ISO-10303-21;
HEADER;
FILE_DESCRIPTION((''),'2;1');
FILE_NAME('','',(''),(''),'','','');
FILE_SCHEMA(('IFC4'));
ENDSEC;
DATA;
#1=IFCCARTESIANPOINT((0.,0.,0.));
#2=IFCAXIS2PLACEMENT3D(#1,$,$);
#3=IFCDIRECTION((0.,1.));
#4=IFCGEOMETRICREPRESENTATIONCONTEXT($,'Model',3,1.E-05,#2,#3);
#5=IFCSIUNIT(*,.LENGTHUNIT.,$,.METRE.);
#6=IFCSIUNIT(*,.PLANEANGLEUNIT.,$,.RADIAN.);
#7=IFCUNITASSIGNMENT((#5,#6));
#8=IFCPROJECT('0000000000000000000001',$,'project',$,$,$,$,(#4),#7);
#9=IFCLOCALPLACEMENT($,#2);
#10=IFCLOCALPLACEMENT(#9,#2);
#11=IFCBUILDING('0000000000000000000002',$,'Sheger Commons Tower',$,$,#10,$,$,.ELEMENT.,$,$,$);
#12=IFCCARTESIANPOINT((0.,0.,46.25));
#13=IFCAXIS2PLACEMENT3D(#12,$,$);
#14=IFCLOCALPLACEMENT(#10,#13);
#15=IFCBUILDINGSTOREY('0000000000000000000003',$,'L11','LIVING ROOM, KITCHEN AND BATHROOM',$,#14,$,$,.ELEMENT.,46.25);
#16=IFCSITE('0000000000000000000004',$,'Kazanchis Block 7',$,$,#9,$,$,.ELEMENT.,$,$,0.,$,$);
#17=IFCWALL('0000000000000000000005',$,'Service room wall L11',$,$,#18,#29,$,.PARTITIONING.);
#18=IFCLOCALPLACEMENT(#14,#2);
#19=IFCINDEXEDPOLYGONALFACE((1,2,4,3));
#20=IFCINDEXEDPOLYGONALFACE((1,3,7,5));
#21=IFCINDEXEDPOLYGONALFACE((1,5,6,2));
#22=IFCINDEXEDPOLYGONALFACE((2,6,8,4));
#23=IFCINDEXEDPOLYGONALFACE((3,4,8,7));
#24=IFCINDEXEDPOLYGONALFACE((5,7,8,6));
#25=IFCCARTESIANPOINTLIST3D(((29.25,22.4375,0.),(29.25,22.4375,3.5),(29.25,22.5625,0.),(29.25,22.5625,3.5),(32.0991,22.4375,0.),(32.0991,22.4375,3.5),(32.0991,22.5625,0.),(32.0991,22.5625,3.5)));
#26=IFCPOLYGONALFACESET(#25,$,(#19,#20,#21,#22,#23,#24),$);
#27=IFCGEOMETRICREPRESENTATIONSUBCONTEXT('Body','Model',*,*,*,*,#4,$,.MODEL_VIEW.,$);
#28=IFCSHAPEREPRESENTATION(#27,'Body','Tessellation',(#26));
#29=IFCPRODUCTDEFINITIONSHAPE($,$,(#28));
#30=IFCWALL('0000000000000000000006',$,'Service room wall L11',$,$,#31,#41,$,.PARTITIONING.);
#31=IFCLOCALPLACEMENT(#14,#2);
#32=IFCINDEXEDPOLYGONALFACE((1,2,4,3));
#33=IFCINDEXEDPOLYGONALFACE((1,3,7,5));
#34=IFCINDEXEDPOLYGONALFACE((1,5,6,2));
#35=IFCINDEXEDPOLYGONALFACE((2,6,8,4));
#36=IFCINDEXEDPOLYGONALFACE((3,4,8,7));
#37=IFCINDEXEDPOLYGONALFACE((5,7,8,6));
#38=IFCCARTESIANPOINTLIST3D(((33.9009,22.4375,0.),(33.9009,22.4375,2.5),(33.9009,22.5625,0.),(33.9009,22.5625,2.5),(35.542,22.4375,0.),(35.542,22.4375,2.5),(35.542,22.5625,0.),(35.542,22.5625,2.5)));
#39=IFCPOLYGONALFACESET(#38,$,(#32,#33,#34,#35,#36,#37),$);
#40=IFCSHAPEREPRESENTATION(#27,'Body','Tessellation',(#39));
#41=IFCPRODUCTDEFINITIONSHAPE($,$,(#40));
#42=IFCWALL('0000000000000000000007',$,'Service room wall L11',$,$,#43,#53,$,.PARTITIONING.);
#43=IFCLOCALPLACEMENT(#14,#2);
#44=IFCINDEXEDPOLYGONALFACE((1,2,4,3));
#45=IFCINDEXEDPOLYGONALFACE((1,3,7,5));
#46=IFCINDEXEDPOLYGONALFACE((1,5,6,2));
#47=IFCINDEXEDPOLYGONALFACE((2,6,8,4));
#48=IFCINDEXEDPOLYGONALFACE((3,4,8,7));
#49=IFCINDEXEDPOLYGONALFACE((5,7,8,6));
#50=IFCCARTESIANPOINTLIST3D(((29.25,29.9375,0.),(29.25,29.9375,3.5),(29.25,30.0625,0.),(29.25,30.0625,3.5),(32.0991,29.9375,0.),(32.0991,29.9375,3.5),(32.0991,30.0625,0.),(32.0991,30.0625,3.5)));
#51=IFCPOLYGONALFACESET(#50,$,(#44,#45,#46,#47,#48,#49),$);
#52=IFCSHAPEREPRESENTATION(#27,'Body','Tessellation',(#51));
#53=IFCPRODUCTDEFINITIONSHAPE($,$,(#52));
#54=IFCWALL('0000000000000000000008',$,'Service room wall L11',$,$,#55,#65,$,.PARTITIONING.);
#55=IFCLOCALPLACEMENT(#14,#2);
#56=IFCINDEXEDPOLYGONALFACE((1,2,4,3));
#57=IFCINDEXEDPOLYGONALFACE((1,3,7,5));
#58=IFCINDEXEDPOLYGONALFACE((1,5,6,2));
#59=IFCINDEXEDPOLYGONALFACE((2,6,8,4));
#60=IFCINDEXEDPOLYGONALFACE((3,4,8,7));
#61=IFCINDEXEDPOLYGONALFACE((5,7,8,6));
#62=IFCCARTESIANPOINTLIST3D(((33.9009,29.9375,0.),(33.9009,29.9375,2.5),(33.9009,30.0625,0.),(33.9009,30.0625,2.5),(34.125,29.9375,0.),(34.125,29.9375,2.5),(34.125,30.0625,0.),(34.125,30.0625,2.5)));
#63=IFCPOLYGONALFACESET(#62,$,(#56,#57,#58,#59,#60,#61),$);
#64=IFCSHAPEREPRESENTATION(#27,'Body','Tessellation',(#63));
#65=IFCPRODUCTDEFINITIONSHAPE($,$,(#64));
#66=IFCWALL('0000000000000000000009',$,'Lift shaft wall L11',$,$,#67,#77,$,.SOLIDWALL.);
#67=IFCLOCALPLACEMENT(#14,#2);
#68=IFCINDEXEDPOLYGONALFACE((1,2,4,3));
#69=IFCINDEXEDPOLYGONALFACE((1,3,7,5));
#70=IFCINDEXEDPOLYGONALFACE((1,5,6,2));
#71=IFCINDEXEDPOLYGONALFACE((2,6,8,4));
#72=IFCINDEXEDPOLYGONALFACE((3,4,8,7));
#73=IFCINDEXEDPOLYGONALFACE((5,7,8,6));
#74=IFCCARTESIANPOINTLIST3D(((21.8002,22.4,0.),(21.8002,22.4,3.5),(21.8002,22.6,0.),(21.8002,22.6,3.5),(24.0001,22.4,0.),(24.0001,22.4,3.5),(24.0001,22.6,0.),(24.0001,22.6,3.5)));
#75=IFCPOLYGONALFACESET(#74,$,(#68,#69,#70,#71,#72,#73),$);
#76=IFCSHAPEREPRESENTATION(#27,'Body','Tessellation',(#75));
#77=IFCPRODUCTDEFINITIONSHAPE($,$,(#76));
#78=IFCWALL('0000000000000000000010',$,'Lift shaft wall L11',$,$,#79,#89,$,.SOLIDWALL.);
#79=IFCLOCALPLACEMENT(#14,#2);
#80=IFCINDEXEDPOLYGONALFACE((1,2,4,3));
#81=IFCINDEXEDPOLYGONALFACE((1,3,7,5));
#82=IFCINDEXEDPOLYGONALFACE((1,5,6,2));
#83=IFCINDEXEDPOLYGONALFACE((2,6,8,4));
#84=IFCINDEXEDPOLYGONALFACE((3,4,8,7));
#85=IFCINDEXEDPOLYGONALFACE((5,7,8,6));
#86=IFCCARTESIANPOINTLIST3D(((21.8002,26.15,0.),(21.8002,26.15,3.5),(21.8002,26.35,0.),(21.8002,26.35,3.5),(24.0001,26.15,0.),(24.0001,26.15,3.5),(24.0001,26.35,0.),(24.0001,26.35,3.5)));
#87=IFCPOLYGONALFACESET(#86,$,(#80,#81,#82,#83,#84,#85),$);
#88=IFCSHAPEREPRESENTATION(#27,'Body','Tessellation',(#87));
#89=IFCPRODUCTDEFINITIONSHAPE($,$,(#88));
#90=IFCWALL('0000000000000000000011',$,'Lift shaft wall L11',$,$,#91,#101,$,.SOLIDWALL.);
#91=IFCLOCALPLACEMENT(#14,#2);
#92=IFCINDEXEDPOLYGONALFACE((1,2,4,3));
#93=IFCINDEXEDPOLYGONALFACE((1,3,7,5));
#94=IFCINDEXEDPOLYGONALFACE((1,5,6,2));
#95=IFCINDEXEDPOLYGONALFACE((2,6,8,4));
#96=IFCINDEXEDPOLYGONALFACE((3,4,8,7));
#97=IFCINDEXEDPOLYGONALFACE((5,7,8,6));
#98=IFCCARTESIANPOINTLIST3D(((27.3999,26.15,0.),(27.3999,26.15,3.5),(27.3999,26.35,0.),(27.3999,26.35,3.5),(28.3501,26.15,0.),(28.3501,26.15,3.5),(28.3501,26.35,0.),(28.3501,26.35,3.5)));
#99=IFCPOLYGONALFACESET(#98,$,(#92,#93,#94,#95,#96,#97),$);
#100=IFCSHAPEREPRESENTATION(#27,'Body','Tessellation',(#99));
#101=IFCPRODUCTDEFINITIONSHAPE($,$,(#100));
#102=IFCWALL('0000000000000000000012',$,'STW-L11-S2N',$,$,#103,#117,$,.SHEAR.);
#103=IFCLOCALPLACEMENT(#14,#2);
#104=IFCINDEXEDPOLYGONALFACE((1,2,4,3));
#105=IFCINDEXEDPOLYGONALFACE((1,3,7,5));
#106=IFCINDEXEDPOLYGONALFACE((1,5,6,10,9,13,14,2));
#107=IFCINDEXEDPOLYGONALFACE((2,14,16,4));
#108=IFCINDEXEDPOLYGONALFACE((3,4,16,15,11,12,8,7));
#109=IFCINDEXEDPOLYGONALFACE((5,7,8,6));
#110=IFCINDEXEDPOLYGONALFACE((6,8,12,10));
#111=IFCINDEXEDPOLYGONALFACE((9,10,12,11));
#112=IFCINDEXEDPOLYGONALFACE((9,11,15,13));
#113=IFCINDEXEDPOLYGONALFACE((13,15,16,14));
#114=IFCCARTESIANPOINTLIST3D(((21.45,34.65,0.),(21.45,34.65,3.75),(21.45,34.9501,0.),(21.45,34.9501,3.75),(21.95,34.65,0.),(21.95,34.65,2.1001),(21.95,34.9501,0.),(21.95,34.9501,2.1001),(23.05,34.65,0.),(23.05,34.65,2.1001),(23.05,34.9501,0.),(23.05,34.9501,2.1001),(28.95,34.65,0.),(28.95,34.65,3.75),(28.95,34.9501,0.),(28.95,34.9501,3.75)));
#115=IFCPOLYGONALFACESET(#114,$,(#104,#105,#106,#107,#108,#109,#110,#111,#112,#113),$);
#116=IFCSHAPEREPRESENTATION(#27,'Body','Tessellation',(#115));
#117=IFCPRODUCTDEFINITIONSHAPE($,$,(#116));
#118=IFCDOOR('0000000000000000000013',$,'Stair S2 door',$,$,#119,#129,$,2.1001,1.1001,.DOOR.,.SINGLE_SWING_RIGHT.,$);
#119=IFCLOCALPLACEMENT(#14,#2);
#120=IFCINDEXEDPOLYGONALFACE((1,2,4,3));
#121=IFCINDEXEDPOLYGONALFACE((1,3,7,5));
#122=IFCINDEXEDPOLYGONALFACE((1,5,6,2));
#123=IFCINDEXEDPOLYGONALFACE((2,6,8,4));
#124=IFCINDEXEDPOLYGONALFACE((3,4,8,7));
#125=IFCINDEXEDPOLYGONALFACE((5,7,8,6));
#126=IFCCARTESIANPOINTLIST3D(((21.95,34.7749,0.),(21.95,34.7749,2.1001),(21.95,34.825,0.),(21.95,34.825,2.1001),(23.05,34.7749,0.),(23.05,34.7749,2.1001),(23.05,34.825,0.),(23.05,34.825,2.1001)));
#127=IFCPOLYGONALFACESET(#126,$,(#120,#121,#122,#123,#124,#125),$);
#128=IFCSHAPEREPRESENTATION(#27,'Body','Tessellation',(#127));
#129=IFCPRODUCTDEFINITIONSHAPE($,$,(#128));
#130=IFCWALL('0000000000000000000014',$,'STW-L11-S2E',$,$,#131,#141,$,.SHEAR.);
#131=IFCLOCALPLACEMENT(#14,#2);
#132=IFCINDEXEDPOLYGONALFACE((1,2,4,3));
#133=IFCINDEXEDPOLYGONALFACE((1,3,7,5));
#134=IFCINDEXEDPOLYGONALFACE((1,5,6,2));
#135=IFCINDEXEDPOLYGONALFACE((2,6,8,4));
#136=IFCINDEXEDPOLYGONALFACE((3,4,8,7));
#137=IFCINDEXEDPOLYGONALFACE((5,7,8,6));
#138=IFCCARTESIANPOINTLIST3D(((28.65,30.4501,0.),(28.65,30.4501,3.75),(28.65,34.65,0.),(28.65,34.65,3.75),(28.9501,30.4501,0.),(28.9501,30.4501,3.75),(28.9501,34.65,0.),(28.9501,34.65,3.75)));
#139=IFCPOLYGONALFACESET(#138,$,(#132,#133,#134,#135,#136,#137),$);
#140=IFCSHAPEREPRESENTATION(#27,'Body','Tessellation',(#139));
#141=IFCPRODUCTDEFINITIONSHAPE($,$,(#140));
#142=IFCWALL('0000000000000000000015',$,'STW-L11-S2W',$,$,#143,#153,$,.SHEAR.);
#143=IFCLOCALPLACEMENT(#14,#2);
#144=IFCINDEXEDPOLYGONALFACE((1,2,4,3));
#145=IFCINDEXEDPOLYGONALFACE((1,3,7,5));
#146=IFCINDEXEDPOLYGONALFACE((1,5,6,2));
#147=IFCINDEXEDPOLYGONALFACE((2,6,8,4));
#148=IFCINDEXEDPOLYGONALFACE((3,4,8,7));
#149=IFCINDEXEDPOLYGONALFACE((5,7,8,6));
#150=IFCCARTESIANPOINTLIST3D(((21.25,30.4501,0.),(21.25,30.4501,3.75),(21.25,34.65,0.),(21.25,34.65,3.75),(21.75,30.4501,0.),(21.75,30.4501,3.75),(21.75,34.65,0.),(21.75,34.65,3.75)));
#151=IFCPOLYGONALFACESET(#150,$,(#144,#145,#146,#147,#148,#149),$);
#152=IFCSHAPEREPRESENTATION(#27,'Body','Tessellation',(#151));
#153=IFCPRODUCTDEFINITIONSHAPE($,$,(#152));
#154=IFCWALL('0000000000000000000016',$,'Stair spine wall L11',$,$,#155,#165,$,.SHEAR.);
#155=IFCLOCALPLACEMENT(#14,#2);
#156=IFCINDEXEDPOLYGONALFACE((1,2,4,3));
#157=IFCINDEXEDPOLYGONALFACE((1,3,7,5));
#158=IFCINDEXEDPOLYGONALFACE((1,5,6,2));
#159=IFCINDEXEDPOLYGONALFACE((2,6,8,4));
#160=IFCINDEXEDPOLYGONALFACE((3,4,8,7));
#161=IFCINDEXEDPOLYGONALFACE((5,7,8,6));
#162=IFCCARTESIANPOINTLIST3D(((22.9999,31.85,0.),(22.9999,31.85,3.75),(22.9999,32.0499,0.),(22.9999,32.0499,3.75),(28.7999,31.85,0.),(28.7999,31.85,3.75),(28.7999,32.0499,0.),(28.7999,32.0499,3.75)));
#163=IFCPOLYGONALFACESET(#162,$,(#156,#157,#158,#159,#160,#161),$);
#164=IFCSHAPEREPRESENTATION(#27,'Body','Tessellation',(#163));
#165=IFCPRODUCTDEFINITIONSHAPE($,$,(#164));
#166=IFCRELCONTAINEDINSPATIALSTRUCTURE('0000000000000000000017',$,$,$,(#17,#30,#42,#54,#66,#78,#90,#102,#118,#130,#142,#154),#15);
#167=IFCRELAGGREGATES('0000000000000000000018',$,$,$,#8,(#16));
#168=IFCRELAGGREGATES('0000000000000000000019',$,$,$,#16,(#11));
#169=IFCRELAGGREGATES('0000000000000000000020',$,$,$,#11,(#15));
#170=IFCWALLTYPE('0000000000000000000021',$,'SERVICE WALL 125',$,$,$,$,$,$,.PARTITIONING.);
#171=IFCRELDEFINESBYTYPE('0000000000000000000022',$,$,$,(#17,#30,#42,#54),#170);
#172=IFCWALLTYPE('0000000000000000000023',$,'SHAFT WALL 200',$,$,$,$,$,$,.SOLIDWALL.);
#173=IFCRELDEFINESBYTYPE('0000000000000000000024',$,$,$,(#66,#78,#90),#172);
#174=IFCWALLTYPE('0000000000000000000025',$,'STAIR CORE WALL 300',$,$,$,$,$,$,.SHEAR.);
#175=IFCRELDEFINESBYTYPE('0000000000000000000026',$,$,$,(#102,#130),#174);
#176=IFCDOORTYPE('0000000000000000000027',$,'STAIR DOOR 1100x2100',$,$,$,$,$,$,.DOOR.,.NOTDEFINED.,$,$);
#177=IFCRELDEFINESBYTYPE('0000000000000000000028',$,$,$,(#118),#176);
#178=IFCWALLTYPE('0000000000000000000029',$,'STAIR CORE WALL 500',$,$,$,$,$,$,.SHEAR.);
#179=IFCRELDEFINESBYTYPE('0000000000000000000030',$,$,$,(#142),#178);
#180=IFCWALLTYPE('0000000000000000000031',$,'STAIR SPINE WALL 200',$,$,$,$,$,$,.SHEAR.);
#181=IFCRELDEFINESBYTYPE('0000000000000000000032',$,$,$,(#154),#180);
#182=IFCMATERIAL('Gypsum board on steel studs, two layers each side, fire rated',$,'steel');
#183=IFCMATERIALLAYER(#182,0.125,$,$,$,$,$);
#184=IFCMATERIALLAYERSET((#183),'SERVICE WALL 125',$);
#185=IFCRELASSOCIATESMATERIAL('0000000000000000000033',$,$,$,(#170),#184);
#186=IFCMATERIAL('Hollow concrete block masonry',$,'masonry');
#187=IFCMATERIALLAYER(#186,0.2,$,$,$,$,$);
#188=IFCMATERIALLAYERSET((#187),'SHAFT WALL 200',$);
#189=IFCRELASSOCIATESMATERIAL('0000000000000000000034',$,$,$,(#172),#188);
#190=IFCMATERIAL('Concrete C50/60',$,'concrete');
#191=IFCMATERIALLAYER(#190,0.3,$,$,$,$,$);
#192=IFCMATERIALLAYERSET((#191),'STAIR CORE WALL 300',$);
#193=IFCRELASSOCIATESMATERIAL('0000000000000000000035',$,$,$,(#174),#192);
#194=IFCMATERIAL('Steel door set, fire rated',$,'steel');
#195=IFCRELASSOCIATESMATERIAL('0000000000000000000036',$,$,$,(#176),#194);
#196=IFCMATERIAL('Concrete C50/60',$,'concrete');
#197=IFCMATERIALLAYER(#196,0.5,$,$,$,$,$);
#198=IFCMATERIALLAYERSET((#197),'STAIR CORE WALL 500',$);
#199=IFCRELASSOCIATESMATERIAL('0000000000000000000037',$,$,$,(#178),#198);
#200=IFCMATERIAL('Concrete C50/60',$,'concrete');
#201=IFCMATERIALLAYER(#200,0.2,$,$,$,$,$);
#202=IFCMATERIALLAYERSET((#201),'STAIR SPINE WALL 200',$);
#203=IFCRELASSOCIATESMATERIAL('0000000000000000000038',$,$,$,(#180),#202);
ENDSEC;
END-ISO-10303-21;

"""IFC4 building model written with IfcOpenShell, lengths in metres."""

from ifc_helpers import new_model, si_unit, direction, frame, frame_2d, origin, place, context, subcontext, project, spatial, rectangle, extrude, material, layer, layer_set, type_object, element, fill, save


model = new_model("IFC4")

# Units and contexts
model_context = context("Model", 3, precision=1e-05, world=origin(), true_north=direction((0.0, 1.0)))
body_context = subcontext(model_context, "Body", "Model", "MODEL_VIEW")
ifc_project = project(units=[si_unit("LENGTHUNIT", "METRE"), si_unit("PLANEANGLEUNIT", "RADIAN")], contexts=[model_context])

# Site, building, storey
site_placement = place(None, origin())
site = spatial("IfcSite", under=ifc_project, at=site_placement, Name="Kazanchis Block 7", CompositionType="ELEMENT", RefElevation=0.0)
building_placement = place(site_placement, origin())
building = spatial("IfcBuilding", under=site, at=building_placement, Name="Sheger Commons Tower", CompositionType="ELEMENT")
storey_placement = place(building_placement, frame((0.0, 0.0, 46.25)))
storey = spatial("IfcBuildingStorey", under=building, at=storey_placement, Name="L11", Description="LIVING ROOM, KITCHEN AND BATHROOM", CompositionType="ELEMENT", Elevation=46.25)

# Walls
ifc_material_1 = material(Name="Gypsum board on steel studs, two layers each side, fire rated", Category="steel")
ifc_layer_1 = layer(ifc_material_1, 0.125)
ifc_layer_set_1 = layer_set([ifc_layer_1], Name="SERVICE WALL 125")
wall_type_1 = type_object("IfcWallType", Name="SERVICE WALL 125", PredefinedType="PARTITIONING", material=ifc_layer_set_1)
wall_1_placement = place(storey_placement, frame((29.25, 22.5, 0.0), z_axis=(0.0, 0.0, 1.0), x_axis=(1.0, 0.0, 0.0)))
element("IfcWall", 1, at=wall_1_placement, inside=storey, type_object=wall_type_1, Name="Service room wall L11", PredefinedType="PARTITIONING", context=body_context, shape_type="SweptSolid", body=[
    extrude(rectangle(XDim=2.8491, YDim=0.125, at=frame_2d((1.4246, 0.0))), origin(), (0.0, 0.0, 1.0), 3.5),
])
wall_2_placement = place(storey_placement, frame((33.9009, 22.5, 0.0), z_axis=(0.0, 0.0, 1.0), x_axis=(1.0, 0.0, 0.0)))
element("IfcWall", 2, at=wall_2_placement, inside=storey, type_object=wall_type_1, Name="Service room wall L11", PredefinedType="PARTITIONING", context=body_context, shape_type="SweptSolid", body=[
    extrude(rectangle(XDim=1.6411, YDim=0.125, at=frame_2d((0.8206, 0.0))), origin(), (0.0, 0.0, 1.0), 2.5),
])
wall_3_placement = place(storey_placement, frame((29.25, 30.0, 0.0), z_axis=(0.0, 0.0, 1.0), x_axis=(1.0, 0.0, 0.0)))
element("IfcWall", 3, at=wall_3_placement, inside=storey, type_object=wall_type_1, Name="Service room wall L11", PredefinedType="PARTITIONING", context=body_context, shape_type="SweptSolid", body=[
    extrude(rectangle(XDim=2.8491, YDim=0.125, at=frame_2d((1.4246, 0.0))), origin(), (0.0, 0.0, 1.0), 3.5),
])
wall_4_placement = place(storey_placement, frame((33.9009, 30.0, 0.0), z_axis=(0.0, 0.0, 1.0), x_axis=(1.0, 0.0, 0.0)))
element("IfcWall", 4, at=wall_4_placement, inside=storey, type_object=wall_type_1, Name="Service room wall L11", PredefinedType="PARTITIONING", context=body_context, shape_type="SweptSolid", body=[
    extrude(rectangle(XDim=0.2241, YDim=0.125, at=frame_2d((0.1121, 0.0))), origin(), (0.0, 0.0, 1.0), 2.5),
])
ifc_material_2 = material(Name="Hollow concrete block masonry", Category="masonry")
ifc_layer_2 = layer(ifc_material_2, 0.2)
ifc_layer_set_2 = layer_set([ifc_layer_2], Name="SHAFT WALL 200")
wall_type_2 = type_object("IfcWallType", Name="SHAFT WALL 200", PredefinedType="SOLIDWALL", material=ifc_layer_set_2)
for number, where, z_axis, x_axis, name in (
    (5, (21.8, 22.5, 0.0), (0.0, 0.0, 1.0), (1.0, 0.0, 0.0), "Lift shaft wall L11"),
    (6, (21.8, 26.25, 0.0), (0.0, 0.0, 1.0), (1.0, 0.0, 0.0), "Lift shaft wall L11"),
):
    element("IfcWall", number, at=place(storey_placement, frame(where, z_axis=z_axis, x_axis=x_axis)), inside=storey, type_object=wall_type_2, Name=name, PredefinedType="SOLIDWALL", context=body_context, shape_type="SweptSolid", body=[
        extrude(rectangle(XDim=2.2, YDim=0.2, at=frame_2d((1.1001, 0.0))), origin(), (0.0, 0.0, 1.0), 3.5),
    ])
wall_5_placement = place(storey_placement, frame((27.3999, 26.25, 0.0), z_axis=(0.0, 0.0, 1.0), x_axis=(1.0, 0.0, 0.0)))
element("IfcWall", 7, at=wall_5_placement, inside=storey, type_object=wall_type_2, Name="Lift shaft wall L11", PredefinedType="SOLIDWALL", context=body_context, shape_type="SweptSolid", body=[
    extrude(rectangle(XDim=0.9502, YDim=0.2, at=frame_2d((0.4751, 0.0))), origin(), (0.0, 0.0, 1.0), 3.5),
])

# Wall, opening, door
ifc_material_3 = material(Name="Concrete C50/60", Category="concrete")
ifc_layer_3 = layer(ifc_material_3, 0.3)
ifc_layer_set_3 = layer_set([ifc_layer_3], Name="STAIR CORE WALL 300")
wall_type_3 = type_object("IfcWallType", Name="STAIR CORE WALL 300", PredefinedType="SHEAR", material=ifc_layer_set_3)
wall_6_placement = place(storey_placement, frame((21.45, 34.8, 0.0), z_axis=(0.0, 0.0, 1.0), x_axis=(1.0, 0.0, 0.0)))
wall_6 = element("IfcWall", 8, at=wall_6_placement, inside=storey, type_object=wall_type_3, Name="STW-L11-S2N", PredefinedType="SHEAR", context=body_context, shape_type="SweptSolid", body=[
    extrude(rectangle(XDim=7.5, YDim=0.3, at=frame_2d((3.75, 0.0))), origin(), (0.0, 0.0, 1.0), 3.75),
])
opening_1_placement = place(wall_6_placement, frame((0.5, 0.0, 0.0)))
opening_1 = element("IfcOpeningElement", 9, at=opening_1_placement, cuts=wall_6, PredefinedType="OPENING", context=body_context, shape_type="SweptSolid", body=[
    extrude(rectangle(XDim=1.1001, YDim=2.1001, at=frame_2d((0.55, 1.05))), frame((0.0, 0.1599, 0.0), z_axis=(0.0, -1.0, 0.0), x_axis=(1.0, 0.0, 0.0)), (0.0, 0.0, 1.0), 0.3201),
])
ifc_material_4 = material(Name="Steel door set, fire rated", Category="steel")
door_type_1 = type_object("IfcDoorType", Name="STAIR DOOR 1100x2100", OperationType="NOTDEFINED", PredefinedType="DOOR", material=ifc_material_4)
door_1_placement = place(opening_1_placement, origin())
door_1 = element("IfcDoor", 10, at=door_1_placement, inside=storey, type_object=door_type_1, Name="Stair S2 door", OperationType="SINGLE_SWING_RIGHT", OverallHeight=2.1001, OverallWidth=1.1001, PredefinedType="DOOR", context=body_context, shape_type="SweptSolid", body=[
    extrude(rectangle(XDim=1.1001, YDim=2.1001, at=frame_2d((0.55, 1.05))), frame((0.0, 0.0249, 0.0), z_axis=(0.0, -1.0, 0.0), x_axis=(1.0, 0.0, 0.0)), (0.0, 0.0, 1.0), 0.05),
])
fill(opening_1, door_1)

# Walls
wall_7_placement = place(storey_placement, frame((28.8, 30.45, 0.0), z_axis=(0.0, 0.0, 1.0), x_axis=(0.0, 1.0, 0.0)))
element("IfcWall", 11, at=wall_7_placement, inside=storey, type_object=wall_type_3, Name="STW-L11-S2E", PredefinedType="SHEAR", context=body_context, shape_type="SweptSolid", body=[
    extrude(rectangle(XDim=4.2, YDim=0.3, at=frame_2d((2.1001, 0.0))), origin(), (0.0, 0.0, 1.0), 3.75),
])
ifc_material_5 = material(Name="Concrete C50/60", Category="concrete")
ifc_layer_4 = layer(ifc_material_5, 0.5)
ifc_layer_set_4 = layer_set([ifc_layer_4], Name="STAIR CORE WALL 500")
wall_type_4 = type_object("IfcWallType", Name="STAIR CORE WALL 500", PredefinedType="SHEAR", material=ifc_layer_set_4)
wall_8_placement = place(storey_placement, frame((21.5, 30.45, 0.0), z_axis=(0.0, 0.0, 1.0), x_axis=(0.0, 1.0, 0.0)))
element("IfcWall", 12, at=wall_8_placement, inside=storey, type_object=wall_type_4, Name="STW-L11-S2W", PredefinedType="SHEAR", context=body_context, shape_type="SweptSolid", body=[
    extrude(rectangle(XDim=4.2, YDim=0.5, at=frame_2d((2.1001, 0.0))), origin(), (0.0, 0.0, 1.0), 3.75),
])
ifc_material_6 = material(Name="Concrete C50/60", Category="concrete")
ifc_layer_5 = layer(ifc_material_6, 0.2)
ifc_layer_set_5 = layer_set([ifc_layer_5], Name="STAIR SPINE WALL 200")
wall_type_5 = type_object("IfcWallType", Name="STAIR SPINE WALL 200", PredefinedType="SHEAR", material=ifc_layer_set_5)
wall_9_placement = place(storey_placement, frame((23.0, 31.95, 0.0), z_axis=(0.0, 0.0, 1.0), x_axis=(1.0, 0.0, 0.0)))
element("IfcWall", 13, at=wall_9_placement, inside=storey, type_object=wall_type_5, Name="Stair spine wall L11", PredefinedType="SHEAR", context=body_context, shape_type="SweptSolid", body=[
    extrude(rectangle(XDim=5.8, YDim=0.2, at=frame_2d((2.8999, 0.0))), origin(), (0.0, 0.0, 1.0), 3.75),
])

save(model, "model.ifc")
